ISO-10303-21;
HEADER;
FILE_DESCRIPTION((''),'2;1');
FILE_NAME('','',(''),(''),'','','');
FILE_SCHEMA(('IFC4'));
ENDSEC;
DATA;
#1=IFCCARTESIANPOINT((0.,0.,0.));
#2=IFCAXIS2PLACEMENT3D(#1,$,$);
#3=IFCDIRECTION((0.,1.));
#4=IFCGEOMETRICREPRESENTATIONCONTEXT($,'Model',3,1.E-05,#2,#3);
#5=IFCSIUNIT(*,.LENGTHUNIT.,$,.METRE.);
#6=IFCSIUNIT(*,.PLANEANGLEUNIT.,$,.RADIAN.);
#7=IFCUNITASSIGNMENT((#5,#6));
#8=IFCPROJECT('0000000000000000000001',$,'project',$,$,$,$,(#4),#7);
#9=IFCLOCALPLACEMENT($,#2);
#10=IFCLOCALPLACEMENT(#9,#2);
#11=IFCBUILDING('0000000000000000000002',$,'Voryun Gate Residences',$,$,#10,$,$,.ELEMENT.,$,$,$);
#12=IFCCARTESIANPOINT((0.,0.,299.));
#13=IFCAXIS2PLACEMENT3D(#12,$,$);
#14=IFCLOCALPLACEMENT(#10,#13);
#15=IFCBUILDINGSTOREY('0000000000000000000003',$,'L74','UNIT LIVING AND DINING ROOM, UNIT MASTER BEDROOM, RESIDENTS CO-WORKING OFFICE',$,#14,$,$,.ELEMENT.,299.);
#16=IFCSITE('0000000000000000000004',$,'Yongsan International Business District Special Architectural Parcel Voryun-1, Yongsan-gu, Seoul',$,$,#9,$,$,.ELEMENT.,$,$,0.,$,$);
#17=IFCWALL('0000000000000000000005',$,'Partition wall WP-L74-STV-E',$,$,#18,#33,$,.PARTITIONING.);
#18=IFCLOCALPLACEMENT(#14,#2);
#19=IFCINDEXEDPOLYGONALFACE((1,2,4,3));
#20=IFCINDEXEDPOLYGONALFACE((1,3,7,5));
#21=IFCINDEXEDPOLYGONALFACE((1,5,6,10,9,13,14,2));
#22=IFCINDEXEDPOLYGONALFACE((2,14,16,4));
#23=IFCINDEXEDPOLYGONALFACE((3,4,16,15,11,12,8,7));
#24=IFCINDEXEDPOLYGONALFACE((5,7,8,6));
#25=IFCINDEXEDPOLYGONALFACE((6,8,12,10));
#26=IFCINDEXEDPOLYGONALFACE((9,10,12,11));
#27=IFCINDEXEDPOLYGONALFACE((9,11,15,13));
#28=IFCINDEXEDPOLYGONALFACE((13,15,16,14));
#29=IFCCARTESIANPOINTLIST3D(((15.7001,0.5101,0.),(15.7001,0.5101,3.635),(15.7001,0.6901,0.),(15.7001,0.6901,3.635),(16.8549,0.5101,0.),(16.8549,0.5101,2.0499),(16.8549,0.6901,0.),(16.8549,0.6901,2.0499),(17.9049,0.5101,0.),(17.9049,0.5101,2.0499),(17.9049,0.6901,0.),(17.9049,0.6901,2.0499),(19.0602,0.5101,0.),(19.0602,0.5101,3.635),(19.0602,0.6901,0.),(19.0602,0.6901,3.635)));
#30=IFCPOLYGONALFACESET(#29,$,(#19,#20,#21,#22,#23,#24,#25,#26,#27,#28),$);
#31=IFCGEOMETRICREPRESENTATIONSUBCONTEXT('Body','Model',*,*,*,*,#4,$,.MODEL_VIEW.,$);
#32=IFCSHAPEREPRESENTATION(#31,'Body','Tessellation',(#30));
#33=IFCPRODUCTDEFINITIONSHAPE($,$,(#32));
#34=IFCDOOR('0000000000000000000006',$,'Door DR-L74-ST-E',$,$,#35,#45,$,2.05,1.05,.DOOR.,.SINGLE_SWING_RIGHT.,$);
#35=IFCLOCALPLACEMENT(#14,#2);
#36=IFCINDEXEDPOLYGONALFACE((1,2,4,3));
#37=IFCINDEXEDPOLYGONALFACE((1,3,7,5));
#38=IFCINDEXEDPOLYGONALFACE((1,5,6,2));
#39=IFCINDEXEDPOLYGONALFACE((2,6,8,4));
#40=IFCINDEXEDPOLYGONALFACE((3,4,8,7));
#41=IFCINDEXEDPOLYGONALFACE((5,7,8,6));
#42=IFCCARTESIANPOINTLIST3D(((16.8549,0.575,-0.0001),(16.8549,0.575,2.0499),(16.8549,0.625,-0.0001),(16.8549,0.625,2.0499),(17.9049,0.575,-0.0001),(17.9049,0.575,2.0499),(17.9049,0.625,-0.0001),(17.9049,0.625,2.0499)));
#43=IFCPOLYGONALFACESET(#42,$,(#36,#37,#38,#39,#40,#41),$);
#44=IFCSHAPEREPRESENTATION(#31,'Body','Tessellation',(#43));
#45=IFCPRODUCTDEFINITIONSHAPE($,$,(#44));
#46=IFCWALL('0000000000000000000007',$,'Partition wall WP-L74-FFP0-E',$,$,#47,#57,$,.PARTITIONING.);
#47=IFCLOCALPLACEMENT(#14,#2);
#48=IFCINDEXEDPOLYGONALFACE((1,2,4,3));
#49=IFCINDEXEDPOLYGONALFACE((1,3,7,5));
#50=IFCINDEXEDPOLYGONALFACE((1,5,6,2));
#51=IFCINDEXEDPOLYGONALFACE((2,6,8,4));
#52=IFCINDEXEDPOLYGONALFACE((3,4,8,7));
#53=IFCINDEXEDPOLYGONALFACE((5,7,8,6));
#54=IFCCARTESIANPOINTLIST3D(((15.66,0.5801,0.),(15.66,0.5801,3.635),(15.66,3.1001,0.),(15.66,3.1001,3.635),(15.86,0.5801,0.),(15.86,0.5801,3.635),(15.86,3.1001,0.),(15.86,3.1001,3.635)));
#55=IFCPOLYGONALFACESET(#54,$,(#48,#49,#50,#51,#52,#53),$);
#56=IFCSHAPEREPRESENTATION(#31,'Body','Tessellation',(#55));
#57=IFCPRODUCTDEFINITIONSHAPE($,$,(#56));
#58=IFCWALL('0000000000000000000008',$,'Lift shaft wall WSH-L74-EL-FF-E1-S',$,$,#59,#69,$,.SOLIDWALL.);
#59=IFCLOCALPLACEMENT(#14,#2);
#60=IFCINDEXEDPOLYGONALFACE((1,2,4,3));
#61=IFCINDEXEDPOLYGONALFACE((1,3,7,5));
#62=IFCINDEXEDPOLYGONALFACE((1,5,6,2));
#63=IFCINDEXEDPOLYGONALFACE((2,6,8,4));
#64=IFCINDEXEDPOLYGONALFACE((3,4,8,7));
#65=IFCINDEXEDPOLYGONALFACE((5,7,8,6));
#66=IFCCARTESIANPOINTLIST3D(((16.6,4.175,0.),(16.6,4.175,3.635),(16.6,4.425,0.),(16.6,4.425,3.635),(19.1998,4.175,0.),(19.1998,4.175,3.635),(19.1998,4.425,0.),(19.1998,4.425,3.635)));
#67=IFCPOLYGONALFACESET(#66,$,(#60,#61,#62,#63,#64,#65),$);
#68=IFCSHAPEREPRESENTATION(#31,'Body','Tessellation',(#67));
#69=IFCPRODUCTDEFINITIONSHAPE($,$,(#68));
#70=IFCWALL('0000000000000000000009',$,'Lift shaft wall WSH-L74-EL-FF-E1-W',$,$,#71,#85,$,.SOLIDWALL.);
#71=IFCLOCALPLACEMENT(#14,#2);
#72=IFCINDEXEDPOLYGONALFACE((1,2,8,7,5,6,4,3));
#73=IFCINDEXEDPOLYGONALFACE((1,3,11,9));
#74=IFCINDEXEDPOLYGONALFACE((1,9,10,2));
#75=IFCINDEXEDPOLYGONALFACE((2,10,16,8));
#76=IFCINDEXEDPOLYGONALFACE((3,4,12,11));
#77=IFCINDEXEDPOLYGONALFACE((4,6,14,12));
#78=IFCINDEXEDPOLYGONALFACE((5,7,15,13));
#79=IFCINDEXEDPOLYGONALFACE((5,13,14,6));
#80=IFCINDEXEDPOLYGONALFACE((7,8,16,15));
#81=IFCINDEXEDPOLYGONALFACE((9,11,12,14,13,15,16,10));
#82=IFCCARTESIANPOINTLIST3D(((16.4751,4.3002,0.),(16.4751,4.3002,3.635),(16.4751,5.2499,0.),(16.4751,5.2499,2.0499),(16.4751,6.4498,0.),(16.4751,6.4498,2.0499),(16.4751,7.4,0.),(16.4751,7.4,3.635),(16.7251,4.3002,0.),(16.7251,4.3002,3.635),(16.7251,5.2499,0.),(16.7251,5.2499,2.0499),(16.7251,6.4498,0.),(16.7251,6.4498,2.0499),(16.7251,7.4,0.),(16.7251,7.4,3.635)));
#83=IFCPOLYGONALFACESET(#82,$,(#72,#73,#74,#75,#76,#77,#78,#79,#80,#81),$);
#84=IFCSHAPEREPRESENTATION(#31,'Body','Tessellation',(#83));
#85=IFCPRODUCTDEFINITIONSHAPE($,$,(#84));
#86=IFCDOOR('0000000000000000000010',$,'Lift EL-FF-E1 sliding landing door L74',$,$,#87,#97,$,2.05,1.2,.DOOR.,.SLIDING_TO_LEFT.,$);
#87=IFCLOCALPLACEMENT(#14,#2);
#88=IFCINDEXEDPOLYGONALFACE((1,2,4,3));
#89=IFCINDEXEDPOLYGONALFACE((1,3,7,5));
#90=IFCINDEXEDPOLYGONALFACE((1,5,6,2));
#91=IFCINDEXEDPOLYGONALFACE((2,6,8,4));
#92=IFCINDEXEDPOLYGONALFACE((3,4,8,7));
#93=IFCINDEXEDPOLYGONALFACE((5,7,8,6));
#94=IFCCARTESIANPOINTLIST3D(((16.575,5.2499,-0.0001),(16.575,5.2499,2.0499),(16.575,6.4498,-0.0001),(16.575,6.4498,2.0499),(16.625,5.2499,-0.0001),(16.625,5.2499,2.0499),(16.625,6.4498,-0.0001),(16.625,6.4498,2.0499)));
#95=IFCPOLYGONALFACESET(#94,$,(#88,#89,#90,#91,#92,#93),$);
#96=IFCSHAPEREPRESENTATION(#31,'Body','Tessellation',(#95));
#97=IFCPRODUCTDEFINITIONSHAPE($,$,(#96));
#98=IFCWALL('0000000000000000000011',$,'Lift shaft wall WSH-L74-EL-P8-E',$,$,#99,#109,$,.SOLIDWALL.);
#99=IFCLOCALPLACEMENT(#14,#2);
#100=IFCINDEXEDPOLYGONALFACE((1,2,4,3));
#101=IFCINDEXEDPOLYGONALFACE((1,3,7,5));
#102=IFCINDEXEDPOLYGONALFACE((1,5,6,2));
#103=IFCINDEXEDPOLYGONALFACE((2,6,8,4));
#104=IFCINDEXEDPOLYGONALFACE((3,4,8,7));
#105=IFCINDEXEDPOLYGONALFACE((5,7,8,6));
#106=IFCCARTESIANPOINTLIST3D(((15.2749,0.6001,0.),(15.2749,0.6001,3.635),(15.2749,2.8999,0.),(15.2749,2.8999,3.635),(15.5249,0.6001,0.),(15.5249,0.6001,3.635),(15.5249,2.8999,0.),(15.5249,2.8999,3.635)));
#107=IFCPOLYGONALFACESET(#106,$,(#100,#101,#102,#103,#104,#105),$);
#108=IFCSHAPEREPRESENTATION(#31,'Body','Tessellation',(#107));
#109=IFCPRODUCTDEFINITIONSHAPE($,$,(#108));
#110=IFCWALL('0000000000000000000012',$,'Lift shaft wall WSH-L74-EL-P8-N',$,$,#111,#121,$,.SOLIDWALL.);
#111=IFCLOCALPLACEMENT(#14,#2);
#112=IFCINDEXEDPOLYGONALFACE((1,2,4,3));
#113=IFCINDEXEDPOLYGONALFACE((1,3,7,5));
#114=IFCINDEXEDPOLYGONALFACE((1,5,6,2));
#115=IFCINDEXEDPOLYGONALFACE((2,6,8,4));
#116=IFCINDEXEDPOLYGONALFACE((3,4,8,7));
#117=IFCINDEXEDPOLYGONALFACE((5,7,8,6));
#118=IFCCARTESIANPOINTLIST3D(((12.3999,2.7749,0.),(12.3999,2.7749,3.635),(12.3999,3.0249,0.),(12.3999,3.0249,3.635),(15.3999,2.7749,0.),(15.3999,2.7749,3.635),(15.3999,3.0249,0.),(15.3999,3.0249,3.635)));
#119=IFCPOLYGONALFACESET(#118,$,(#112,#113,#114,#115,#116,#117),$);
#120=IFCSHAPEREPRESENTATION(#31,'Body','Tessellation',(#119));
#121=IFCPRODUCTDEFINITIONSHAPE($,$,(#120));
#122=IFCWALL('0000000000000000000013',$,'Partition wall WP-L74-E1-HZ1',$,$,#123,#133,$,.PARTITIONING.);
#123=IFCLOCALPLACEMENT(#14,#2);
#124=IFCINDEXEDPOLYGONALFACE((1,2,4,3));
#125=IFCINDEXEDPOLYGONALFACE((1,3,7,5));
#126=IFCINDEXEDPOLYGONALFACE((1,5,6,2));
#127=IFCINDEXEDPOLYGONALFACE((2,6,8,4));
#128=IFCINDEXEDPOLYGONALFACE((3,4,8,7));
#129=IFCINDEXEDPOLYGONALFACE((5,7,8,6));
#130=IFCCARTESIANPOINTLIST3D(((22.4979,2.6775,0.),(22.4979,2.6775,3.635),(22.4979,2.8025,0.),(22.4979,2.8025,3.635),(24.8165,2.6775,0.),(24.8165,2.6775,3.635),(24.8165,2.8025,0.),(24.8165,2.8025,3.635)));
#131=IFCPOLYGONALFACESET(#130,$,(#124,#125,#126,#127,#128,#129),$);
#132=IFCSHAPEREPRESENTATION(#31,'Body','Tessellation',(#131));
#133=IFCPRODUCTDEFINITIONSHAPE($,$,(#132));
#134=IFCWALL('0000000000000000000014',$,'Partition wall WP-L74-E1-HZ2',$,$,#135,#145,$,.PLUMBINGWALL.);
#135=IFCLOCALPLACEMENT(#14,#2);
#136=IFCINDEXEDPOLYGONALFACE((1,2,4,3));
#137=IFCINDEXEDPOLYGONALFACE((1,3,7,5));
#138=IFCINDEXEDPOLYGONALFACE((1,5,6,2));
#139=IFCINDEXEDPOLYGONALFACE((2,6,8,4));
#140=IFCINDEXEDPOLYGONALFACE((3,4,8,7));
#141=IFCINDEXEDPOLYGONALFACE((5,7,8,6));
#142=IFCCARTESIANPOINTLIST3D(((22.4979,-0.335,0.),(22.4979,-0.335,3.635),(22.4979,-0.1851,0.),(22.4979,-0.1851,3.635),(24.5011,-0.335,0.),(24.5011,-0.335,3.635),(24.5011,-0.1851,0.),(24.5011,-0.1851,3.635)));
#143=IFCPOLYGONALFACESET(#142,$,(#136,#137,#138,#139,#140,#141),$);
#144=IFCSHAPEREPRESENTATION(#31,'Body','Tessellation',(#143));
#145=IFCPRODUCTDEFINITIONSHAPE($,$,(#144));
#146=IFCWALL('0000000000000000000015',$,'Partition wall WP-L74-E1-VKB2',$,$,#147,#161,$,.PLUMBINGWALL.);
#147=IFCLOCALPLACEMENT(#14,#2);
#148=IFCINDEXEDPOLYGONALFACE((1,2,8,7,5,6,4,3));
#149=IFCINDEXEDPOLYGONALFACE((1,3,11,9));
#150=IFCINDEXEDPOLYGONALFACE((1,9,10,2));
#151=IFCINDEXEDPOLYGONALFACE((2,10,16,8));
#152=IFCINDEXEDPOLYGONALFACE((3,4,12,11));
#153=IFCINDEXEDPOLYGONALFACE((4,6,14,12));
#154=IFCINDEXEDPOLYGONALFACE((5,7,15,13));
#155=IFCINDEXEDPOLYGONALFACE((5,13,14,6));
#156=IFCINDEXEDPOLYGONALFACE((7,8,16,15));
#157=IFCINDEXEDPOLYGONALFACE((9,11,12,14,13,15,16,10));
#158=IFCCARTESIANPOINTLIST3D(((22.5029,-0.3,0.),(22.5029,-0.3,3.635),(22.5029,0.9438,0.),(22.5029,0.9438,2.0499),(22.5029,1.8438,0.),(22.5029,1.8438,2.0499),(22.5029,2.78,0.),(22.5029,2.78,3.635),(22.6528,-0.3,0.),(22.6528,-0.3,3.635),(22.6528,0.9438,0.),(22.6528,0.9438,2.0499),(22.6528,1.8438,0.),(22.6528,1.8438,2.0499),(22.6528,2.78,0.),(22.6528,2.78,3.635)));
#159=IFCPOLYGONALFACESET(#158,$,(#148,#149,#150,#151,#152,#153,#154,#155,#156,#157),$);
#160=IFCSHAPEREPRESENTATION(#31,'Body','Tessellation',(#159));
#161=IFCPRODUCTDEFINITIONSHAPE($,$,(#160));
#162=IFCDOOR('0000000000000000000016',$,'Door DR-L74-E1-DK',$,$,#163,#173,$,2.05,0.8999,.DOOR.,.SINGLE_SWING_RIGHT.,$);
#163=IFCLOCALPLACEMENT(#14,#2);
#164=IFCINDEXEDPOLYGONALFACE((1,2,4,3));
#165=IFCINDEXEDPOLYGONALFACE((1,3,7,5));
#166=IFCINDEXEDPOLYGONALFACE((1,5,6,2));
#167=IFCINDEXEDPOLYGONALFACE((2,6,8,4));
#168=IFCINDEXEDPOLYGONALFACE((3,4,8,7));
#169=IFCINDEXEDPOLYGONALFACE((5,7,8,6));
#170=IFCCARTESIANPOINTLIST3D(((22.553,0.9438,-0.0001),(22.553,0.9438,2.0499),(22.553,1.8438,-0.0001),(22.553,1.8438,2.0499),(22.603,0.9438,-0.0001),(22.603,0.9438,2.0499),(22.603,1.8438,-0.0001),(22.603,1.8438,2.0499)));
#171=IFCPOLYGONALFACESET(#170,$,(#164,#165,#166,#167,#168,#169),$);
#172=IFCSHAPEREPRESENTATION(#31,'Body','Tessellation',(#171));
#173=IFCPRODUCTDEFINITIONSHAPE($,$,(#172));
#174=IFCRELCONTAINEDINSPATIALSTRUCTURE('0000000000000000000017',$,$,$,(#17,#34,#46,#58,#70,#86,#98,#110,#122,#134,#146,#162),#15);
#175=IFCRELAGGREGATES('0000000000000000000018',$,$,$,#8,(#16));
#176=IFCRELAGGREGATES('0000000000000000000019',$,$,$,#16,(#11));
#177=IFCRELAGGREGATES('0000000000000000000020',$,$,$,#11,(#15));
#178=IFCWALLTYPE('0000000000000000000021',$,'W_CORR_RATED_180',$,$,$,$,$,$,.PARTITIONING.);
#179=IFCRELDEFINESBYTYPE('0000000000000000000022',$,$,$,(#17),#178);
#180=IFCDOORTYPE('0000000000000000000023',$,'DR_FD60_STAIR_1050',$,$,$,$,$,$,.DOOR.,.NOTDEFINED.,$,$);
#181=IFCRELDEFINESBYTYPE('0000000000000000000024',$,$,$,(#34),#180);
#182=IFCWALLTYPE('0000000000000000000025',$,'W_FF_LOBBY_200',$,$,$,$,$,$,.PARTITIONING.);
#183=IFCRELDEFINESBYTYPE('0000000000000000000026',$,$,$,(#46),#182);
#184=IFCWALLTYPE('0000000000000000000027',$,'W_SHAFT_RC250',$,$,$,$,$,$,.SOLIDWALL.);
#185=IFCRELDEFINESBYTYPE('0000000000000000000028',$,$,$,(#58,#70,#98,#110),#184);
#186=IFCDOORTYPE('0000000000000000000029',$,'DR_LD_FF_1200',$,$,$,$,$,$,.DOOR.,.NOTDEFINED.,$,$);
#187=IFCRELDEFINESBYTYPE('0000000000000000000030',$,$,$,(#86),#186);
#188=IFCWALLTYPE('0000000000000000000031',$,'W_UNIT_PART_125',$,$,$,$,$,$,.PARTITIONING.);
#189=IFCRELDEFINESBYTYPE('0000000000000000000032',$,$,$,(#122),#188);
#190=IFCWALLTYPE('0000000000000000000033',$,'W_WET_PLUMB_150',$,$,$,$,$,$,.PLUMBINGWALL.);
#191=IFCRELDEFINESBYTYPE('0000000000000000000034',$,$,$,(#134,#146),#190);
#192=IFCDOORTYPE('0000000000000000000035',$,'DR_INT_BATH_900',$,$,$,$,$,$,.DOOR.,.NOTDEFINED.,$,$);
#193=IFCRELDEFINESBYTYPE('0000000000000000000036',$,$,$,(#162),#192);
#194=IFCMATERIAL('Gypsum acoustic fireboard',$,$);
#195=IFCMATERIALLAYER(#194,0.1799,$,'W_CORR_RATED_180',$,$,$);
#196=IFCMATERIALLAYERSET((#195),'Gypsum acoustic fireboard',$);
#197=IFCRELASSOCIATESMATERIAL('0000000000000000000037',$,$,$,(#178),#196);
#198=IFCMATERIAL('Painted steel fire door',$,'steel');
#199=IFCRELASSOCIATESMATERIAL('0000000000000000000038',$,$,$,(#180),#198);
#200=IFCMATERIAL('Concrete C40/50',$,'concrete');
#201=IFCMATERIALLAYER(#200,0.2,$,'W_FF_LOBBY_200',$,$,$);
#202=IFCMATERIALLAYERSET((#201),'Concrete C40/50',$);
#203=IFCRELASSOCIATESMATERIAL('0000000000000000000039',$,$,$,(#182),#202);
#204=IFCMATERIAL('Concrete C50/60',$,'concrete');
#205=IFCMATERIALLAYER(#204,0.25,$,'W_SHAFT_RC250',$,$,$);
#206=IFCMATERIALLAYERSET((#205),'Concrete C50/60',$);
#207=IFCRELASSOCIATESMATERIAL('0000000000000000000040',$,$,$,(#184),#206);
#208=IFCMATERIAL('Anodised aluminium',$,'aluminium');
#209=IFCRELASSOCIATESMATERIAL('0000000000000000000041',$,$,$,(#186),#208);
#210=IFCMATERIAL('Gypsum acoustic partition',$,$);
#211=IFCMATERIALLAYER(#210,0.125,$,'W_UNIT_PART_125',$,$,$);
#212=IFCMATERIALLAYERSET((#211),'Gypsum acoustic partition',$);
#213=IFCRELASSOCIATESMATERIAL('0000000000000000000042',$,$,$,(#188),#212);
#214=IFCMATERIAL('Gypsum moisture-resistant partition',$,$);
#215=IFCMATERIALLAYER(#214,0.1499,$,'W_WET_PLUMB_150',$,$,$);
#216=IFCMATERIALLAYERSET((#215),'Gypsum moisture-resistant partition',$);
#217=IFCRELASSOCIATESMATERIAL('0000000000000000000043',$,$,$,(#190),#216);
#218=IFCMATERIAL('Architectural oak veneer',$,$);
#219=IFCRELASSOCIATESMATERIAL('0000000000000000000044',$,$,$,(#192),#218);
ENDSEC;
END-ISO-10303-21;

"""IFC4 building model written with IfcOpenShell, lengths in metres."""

from ifc_helpers import new_model, si_unit, direction, frame, frame_2d, origin, place, context, subcontext, project, spatial, rectangle, extrude, material, layer, layer_set, type_object, element, fill, save


model = new_model("IFC4")

# Units and contexts
model_context = context("Model", 3, precision=1e-05, world=origin(), true_north=direction((0.0, 1.0)))
body_context = subcontext(model_context, "Body", "Model", "MODEL_VIEW")
ifc_project = project(units=[si_unit("LENGTHUNIT", "METRE"), si_unit("PLANEANGLEUNIT", "RADIAN")], contexts=[model_context])

# Site, building, storey
site_placement = place(None, origin())
site = spatial("IfcSite", under=ifc_project, at=site_placement, Name="Yongsan International Business District Special Architectural Parcel Voryun-1, Yongsan-gu, Seoul", CompositionType="ELEMENT", RefElevation=0.0)
building_placement = place(site_placement, origin())
building = spatial("IfcBuilding", under=site, at=building_placement, Name="Voryun Gate Residences", CompositionType="ELEMENT")
storey_placement = place(building_placement, frame((0.0, 0.0, 299.0)))
storey = spatial("IfcBuildingStorey", under=building, at=storey_placement, Name="L74", Description="UNIT LIVING AND DINING ROOM, UNIT MASTER BEDROOM, RESIDENTS CO-WORKING OFFICE", CompositionType="ELEMENT", Elevation=299.0)

# Wall, opening, door
ifc_material_1 = material(Name="Gypsum acoustic fireboard")
ifc_layer_1 = layer(ifc_material_1, 0.1799, Name="W_CORR_RATED_180")
ifc_layer_set_1 = layer_set([ifc_layer_1], Name="Gypsum acoustic fireboard")
wall_type_1 = type_object("IfcWallType", Name="W_CORR_RATED_180", PredefinedType="PARTITIONING", material=ifc_layer_set_1)
wall_1_placement = place(storey_placement, frame((15.7, 0.6001, 0.0), z_axis=(0.0, 0.0, 1.0), x_axis=(1.0, 0.0, 0.0)))
wall_1 = element("IfcWall", 1, at=wall_1_placement, inside=storey, type_object=wall_type_1, Name="Partition wall WP-L74-STV-E", PredefinedType="PARTITIONING", context=body_context, shape_type="SweptSolid", body=[
    extrude(rectangle(XDim=3.3601, YDim=0.1799, at=frame_2d((1.6802, 0.0))), origin(), (0.0, 0.0, 1.0), 3.635),
])
opening_1_placement = place(wall_1_placement, frame((1.155, 0.0, 0.0)))
opening_1 = element("IfcOpeningElement", 2, at=opening_1_placement, cuts=wall_1, PredefinedType="OPENING", context=body_context, shape_type="SweptSolid", body=[
    extrude(rectangle(XDim=1.05, YDim=2.05, at=frame_2d((0.5249, 1.0249))), frame((0.0, 0.0999, 0.0), z_axis=(0.0, -1.0, 0.0), x_axis=(1.0, 0.0, 0.0)), (0.0, 0.0, 1.0), 0.2),
])
ifc_material_2 = material(Name="Painted steel fire door", Category="steel")
door_type_1 = type_object("IfcDoorType", Name="DR_FD60_STAIR_1050", OperationType="NOTDEFINED", PredefinedType="DOOR", material=ifc_material_2)
door_1_placement = place(opening_1_placement, origin())
door_1 = element("IfcDoor", 3, at=door_1_placement, inside=storey, type_object=door_type_1, Name="Door DR-L74-ST-E", OperationType="SINGLE_SWING_RIGHT", OverallHeight=2.05, OverallWidth=1.05, PredefinedType="DOOR", context=body_context, shape_type="SweptSolid", body=[
    extrude(rectangle(XDim=1.05, YDim=2.05, at=frame_2d((0.5249, 1.0249))), frame((0.0, 0.0249, 0.0), z_axis=(0.0, -1.0, 0.0), x_axis=(1.0, 0.0, 0.0)), (0.0, 0.0, 1.0), 0.05),
])
fill(opening_1, door_1)

# Walls
ifc_material_3 = material(Name="Concrete C40/50", Category="concrete")
ifc_layer_2 = layer(ifc_material_3, 0.2, Name="W_FF_LOBBY_200")
ifc_layer_set_2 = layer_set([ifc_layer_2], Name="Concrete C40/50")
wall_type_2 = type_object("IfcWallType", Name="W_FF_LOBBY_200", PredefinedType="PARTITIONING", material=ifc_layer_set_2)
wall_2_placement = place(storey_placement, frame((15.76, 0.5801, 0.0), z_axis=(0.0, 0.0, 1.0), x_axis=(0.0, 1.0, 0.0)))
element("IfcWall", 4, at=wall_2_placement, inside=storey, type_object=wall_type_2, Name="Partition wall WP-L74-FFP0-E", PredefinedType="PARTITIONING", context=body_context, shape_type="SweptSolid", body=[
    extrude(rectangle(XDim=2.52, YDim=0.2, at=frame_2d((1.26, 0.0))), origin(), (0.0, 0.0, 1.0), 3.635),
])
ifc_material_4 = material(Name="Concrete C50/60", Category="concrete")
ifc_layer_3 = layer(ifc_material_4, 0.25, Name="W_SHAFT_RC250")
ifc_layer_set_3 = layer_set([ifc_layer_3], Name="Concrete C50/60")
wall_type_3 = type_object("IfcWallType", Name="W_SHAFT_RC250", PredefinedType="SOLIDWALL", material=ifc_layer_set_3)
wall_3_placement = place(storey_placement, frame((16.6001, 4.3, 0.0), z_axis=(0.0, 0.0, 1.0), x_axis=(1.0, 0.0, 0.0)))
element("IfcWall", 5, at=wall_3_placement, inside=storey, type_object=wall_type_3, Name="Lift shaft wall WSH-L74-EL-FF-E1-S", PredefinedType="SOLIDWALL", context=body_context, shape_type="SweptSolid", body=[
    extrude(rectangle(XDim=2.5999, YDim=0.25, at=frame_2d((1.2998, 0.0))), origin(), (0.0, 0.0, 1.0), 3.635),
])

# Wall, opening, door
wall_4_placement = place(storey_placement, frame((16.6001, 7.3999, 0.0), z_axis=(0.0, 0.0, 1.0), x_axis=(0.0, -1.0, 0.0)))
wall_4 = element("IfcWall", 6, at=wall_4_placement, inside=storey, type_object=wall_type_3, Name="Lift shaft wall WSH-L74-EL-FF-E1-W", PredefinedType="SOLIDWALL", context=body_context, shape_type="SweptSolid", body=[
    extrude(rectangle(XDim=3.0999, YDim=0.25, at=frame_2d((1.5498, 0.0))), origin(), (0.0, 0.0, 1.0), 3.635),
])
opening_2_placement = place(wall_4_placement, frame((0.95, 0.0, 0.0)))
opening_2 = element("IfcOpeningElement", 7, at=opening_2_placement, cuts=wall_4, PredefinedType="OPENING", context=body_context, shape_type="SweptSolid", body=[
    extrude(rectangle(XDim=1.2, YDim=2.05, at=frame_2d((0.6001, 1.0249))), frame((0.0, 0.135, 0.0), z_axis=(0.0, -1.0, 0.0), x_axis=(1.0, 0.0, 0.0)), (0.0, 0.0, 1.0), 0.27),
])
ifc_material_5 = material(Name="Anodised aluminium", Category="aluminium")
door_type_2 = type_object("IfcDoorType", Name="DR_LD_FF_1200", OperationType="NOTDEFINED", PredefinedType="DOOR", material=ifc_material_5)
door_2_placement = place(opening_2_placement, origin())
door_2 = element("IfcDoor", 8, at=door_2_placement, inside=storey, type_object=door_type_2, Name="Lift EL-FF-E1 sliding landing door L74", OperationType="SLIDING_TO_LEFT", OverallHeight=2.05, OverallWidth=1.2, PredefinedType="DOOR", context=body_context, shape_type="SweptSolid", body=[
    extrude(rectangle(XDim=1.2, YDim=2.05, at=frame_2d((0.6001, 1.0249))), frame((0.0, 0.0249, 0.0), z_axis=(0.0, -1.0, 0.0), x_axis=(1.0, 0.0, 0.0)), (0.0, 0.0, 1.0), 0.05),
])
fill(opening_2, door_2)

# Walls
wall_5_placement = place(storey_placement, frame((15.3999, 0.6001, 0.0), z_axis=(0.0, 0.0, 1.0), x_axis=(0.0, 1.0, 0.0)))
element("IfcWall", 9, at=wall_5_placement, inside=storey, type_object=wall_type_3, Name="Lift shaft wall WSH-L74-EL-P8-E", PredefinedType="SOLIDWALL", context=body_context, shape_type="SweptSolid", body=[
    extrude(rectangle(XDim=2.2998, YDim=0.25, at=frame_2d((1.1499, 0.0))), origin(), (0.0, 0.0, 1.0), 3.635),
])
wall_6_placement = place(storey_placement, frame((15.3999, 2.8999, 0.0), z_axis=(0.0, 0.0, 1.0), x_axis=(-1.0, 0.0, 0.0)))
element("IfcWall", 10, at=wall_6_placement, inside=storey, type_object=wall_type_3, Name="Lift shaft wall WSH-L74-EL-P8-N", PredefinedType="SOLIDWALL", context=body_context, shape_type="SweptSolid", body=[
    extrude(rectangle(XDim=3.0, YDim=0.25, at=frame_2d((1.5, 0.0))), origin(), (0.0, 0.0, 1.0), 3.635),
])
ifc_material_6 = material(Name="Gypsum acoustic partition")
ifc_layer_4 = layer(ifc_material_6, 0.125, Name="W_UNIT_PART_125")
ifc_layer_set_4 = layer_set([ifc_layer_4], Name="Gypsum acoustic partition")
wall_type_4 = type_object("IfcWallType", Name="W_UNIT_PART_125", PredefinedType="PARTITIONING", material=ifc_layer_set_4)
wall_7_placement = place(storey_placement, frame((22.498, 2.74, 0.0), z_axis=(0.0, 0.0, 1.0), x_axis=(1.0, 0.0, 0.0)))
element("IfcWall", 11, at=wall_7_placement, inside=storey, type_object=wall_type_4, Name="Partition wall WP-L74-E1-HZ1", PredefinedType="PARTITIONING", context=body_context, shape_type="SweptSolid", body=[
    extrude(rectangle(XDim=2.3186, YDim=0.125, at=frame_2d((1.1592, 0.0))), origin(), (0.0, 0.0, 1.0), 3.635),
])
ifc_material_7 = material(Name="Gypsum moisture-resistant partition")
ifc_layer_5 = layer(ifc_material_7, 0.1499, Name="W_WET_PLUMB_150")
ifc_layer_set_5 = layer_set([ifc_layer_5], Name="Gypsum moisture-resistant partition")
wall_type_5 = type_object("IfcWallType", Name="W_WET_PLUMB_150", PredefinedType="PLUMBINGWALL", material=ifc_layer_set_5)
wall_8_placement = place(storey_placement, frame((22.498, -0.26, 0.0), z_axis=(0.0, 0.0, 1.0), x_axis=(1.0, 0.0, 0.0)))
element("IfcWall", 12, at=wall_8_placement, inside=storey, type_object=wall_type_5, Name="Partition wall WP-L74-E1-HZ2", PredefinedType="PLUMBINGWALL", context=body_context, shape_type="SweptSolid", body=[
    extrude(rectangle(XDim=2.0032, YDim=0.1499, at=frame_2d((1.0015, 0.0))), origin(), (0.0, 0.0, 1.0), 3.635),
])

# Wall, opening, door
wall_9_placement = place(storey_placement, frame((22.5779, -0.3, 0.0), z_axis=(0.0, 0.0, 1.0), x_axis=(0.0, 1.0, 0.0)))
wall_9 = element("IfcWall", 13, at=wall_9_placement, inside=storey, type_object=wall_type_5, Name="Partition wall WP-L74-E1-VKB2", PredefinedType="PLUMBINGWALL", context=body_context, shape_type="SweptSolid", body=[
    extrude(rectangle(XDim=3.0801, YDim=0.1499, at=frame_2d((1.54, 0.0))), origin(), (0.0, 0.0, 1.0), 3.635),
])
opening_3_placement = place(wall_9_placement, frame((1.2439, 0.0, 0.0)))
opening_3 = element("IfcOpeningElement", 14, at=opening_3_placement, cuts=wall_9, PredefinedType="OPENING", context=body_context, shape_type="SweptSolid", body=[
    extrude(rectangle(XDim=0.8999, YDim=2.05, at=frame_2d((0.45, 1.0249))), frame((0.0, 0.085, 0.0), z_axis=(0.0, -1.0, 0.0), x_axis=(1.0, 0.0, 0.0)), (0.0, 0.0, 1.0), 0.1699),
])
ifc_material_8 = material(Name="Architectural oak veneer")
door_type_3 = type_object("IfcDoorType", Name="DR_INT_BATH_900", OperationType="NOTDEFINED", PredefinedType="DOOR", material=ifc_material_8)
door_3_placement = place(opening_3_placement, origin())
door_3 = element("IfcDoor", 15, at=door_3_placement, inside=storey, type_object=door_type_3, Name="Door DR-L74-E1-DK", OperationType="SINGLE_SWING_RIGHT", OverallHeight=2.05, OverallWidth=0.8999, PredefinedType="DOOR", context=body_context, shape_type="SweptSolid", body=[
    extrude(rectangle(XDim=0.8999, YDim=2.05, at=frame_2d((0.45, 1.0249))), frame((0.0, 0.0249, 0.0), z_axis=(0.0, -1.0, 0.0), x_axis=(1.0, 0.0, 0.0)), (0.0, 0.0, 1.0), 0.05),
])
fill(opening_3, door_3)

save(model, "model.ifc")
